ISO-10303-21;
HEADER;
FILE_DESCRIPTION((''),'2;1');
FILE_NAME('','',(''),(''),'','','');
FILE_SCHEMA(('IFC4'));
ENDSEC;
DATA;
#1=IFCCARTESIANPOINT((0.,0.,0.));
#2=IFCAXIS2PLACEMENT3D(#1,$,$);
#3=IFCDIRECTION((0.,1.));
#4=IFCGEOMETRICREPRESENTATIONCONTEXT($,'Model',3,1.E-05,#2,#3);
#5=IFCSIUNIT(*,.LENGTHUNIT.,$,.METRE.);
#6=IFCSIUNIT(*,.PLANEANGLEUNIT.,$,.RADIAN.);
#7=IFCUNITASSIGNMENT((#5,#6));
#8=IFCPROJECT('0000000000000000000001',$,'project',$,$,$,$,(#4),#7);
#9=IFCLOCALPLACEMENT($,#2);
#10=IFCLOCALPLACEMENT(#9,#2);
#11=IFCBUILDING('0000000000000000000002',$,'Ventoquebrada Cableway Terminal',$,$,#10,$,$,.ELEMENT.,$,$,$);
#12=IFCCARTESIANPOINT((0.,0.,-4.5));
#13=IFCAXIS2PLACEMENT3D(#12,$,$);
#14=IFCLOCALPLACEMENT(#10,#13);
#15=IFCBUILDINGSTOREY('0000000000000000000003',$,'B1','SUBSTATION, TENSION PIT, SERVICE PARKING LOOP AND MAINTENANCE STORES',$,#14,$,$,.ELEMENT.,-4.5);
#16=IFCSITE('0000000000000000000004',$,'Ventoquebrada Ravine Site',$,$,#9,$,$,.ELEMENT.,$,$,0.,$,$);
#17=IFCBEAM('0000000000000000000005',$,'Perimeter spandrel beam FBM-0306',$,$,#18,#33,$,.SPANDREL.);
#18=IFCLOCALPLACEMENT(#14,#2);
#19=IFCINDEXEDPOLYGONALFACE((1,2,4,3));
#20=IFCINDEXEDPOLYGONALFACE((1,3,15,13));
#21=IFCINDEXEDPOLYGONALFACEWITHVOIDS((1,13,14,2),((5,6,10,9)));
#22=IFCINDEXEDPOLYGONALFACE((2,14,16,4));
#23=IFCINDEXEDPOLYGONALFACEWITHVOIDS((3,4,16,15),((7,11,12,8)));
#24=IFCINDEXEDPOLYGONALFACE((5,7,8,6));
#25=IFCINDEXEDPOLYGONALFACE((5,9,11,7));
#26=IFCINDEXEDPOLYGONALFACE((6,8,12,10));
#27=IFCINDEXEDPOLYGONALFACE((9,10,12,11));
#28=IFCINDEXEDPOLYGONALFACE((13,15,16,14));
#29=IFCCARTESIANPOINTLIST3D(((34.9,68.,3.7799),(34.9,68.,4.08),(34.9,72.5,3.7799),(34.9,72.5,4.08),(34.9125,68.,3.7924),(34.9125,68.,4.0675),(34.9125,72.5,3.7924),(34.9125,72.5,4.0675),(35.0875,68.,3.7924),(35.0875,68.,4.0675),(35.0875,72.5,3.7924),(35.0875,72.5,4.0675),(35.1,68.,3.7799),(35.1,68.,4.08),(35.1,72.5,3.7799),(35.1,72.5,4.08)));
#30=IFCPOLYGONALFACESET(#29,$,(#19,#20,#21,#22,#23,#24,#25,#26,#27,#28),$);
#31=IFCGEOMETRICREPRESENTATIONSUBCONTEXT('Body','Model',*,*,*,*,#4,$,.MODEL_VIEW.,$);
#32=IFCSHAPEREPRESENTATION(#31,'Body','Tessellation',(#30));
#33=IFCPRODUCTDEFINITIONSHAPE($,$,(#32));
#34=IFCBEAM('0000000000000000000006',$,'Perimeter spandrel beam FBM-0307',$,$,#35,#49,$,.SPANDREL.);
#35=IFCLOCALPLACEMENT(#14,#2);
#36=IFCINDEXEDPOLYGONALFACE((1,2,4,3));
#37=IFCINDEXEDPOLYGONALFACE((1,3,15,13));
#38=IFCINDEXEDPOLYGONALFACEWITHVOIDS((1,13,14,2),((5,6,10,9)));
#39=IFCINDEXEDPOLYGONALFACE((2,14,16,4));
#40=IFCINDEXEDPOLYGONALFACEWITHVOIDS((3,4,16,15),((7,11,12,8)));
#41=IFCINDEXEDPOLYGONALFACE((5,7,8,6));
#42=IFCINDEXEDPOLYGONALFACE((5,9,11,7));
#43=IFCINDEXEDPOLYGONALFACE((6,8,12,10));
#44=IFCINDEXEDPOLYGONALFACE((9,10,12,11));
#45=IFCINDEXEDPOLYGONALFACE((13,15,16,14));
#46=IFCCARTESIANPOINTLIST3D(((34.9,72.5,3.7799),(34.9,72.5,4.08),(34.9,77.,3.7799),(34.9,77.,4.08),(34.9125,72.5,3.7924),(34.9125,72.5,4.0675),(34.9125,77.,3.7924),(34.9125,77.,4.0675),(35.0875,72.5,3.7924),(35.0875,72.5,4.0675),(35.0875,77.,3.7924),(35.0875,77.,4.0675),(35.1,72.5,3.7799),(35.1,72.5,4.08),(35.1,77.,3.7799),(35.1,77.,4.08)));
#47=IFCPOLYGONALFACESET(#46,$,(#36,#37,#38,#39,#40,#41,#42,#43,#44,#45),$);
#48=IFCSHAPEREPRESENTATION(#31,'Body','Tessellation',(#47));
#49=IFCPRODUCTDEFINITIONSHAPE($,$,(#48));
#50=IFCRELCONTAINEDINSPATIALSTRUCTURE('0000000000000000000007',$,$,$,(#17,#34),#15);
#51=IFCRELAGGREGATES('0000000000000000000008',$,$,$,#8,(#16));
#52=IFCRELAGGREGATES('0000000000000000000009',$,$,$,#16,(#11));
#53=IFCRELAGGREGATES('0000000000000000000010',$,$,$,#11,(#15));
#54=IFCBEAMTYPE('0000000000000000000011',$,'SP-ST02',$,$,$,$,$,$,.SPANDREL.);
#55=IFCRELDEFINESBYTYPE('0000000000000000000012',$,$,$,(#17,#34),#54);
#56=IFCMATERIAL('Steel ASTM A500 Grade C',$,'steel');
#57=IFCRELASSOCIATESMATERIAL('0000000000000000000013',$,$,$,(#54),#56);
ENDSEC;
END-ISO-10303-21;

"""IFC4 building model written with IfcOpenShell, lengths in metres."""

from ifc_helpers import new_model, si_unit, direction, frame, origin, origin_2d, place, context, subcontext, project, spatial, hollow_rectangle, extrude, material, material_profile, profile_set, type_object, element, save


model = new_model("IFC4")

# Units and contexts
model_context = context("Model", 3, precision=1e-05, world=origin(), true_north=direction((0.0, 1.0)))
body_context = subcontext(model_context, "Body", "Model", "MODEL_VIEW")
ifc_project = project(units=[si_unit("LENGTHUNIT", "METRE"), si_unit("PLANEANGLEUNIT", "RADIAN")], contexts=[model_context])

# Site, building, storey
site_placement = place(None, origin())
site = spatial("IfcSite", under=ifc_project, at=site_placement, Name="Ventoquebrada Ravine Site", CompositionType="ELEMENT", RefElevation=0.0)
building_placement = place(site_placement, origin())
building = spatial("IfcBuilding", under=site, at=building_placement, Name="Ventoquebrada Cableway Terminal", CompositionType="ELEMENT")
storey_placement = place(building_placement, frame((0.0, 0.0, -4.5)))
storey = spatial("IfcBuildingStorey", under=building, at=storey_placement, Name="B1", Description="SUBSTATION, TENSION PIT, SERVICE PARKING LOOP AND MAINTENANCE STORES", CompositionType="ELEMENT", Elevation=-4.5)

# Beams
ifc_material_1 = material(Name="Steel ASTM A500 Grade C", Category="steel")
ifc_material_profile_1 = material_profile(ifc_material_1, hollow_rectangle(XDim=0.2, YDim=0.3, WallThickness=0.0125, at=origin_2d()), Name="RHS300X200X12.5")
ifc_profile_set_1 = profile_set([ifc_material_profile_1], Name="Steel ASTM A500 Grade C")
beam_type = type_object("IfcBeamType", Name="SP-ST02", PredefinedType="SPANDREL", material=ifc_profile_set_1)
for number, where, z_axis, x_axis, name in (
    (1, (35.0, 68.0, 3.9299), (0.0, 1.0, 0.0), (-1.0, 0.0, 0.0), "Perimeter spandrel beam FBM-0306"),
    (2, (35.0, 72.5, 3.9299), (0.0, 1.0, 0.0), (-1.0, 0.0, 0.0), "Perimeter spandrel beam FBM-0307"),
):
    element("IfcBeam", number, at=place(storey_placement, frame(where, z_axis=z_axis, x_axis=x_axis)), inside=storey, type_object=beam_type, Name=name, PredefinedType="SPANDREL", context=body_context, shape_type="SweptSolid", body=[
        extrude(hollow_rectangle(XDim=0.2, YDim=0.3, WallThickness=0.0125, at=origin_2d()), origin(), (0.0, 0.0, 1.0), 4.5),
    ])

save(model, "model.ifc")
